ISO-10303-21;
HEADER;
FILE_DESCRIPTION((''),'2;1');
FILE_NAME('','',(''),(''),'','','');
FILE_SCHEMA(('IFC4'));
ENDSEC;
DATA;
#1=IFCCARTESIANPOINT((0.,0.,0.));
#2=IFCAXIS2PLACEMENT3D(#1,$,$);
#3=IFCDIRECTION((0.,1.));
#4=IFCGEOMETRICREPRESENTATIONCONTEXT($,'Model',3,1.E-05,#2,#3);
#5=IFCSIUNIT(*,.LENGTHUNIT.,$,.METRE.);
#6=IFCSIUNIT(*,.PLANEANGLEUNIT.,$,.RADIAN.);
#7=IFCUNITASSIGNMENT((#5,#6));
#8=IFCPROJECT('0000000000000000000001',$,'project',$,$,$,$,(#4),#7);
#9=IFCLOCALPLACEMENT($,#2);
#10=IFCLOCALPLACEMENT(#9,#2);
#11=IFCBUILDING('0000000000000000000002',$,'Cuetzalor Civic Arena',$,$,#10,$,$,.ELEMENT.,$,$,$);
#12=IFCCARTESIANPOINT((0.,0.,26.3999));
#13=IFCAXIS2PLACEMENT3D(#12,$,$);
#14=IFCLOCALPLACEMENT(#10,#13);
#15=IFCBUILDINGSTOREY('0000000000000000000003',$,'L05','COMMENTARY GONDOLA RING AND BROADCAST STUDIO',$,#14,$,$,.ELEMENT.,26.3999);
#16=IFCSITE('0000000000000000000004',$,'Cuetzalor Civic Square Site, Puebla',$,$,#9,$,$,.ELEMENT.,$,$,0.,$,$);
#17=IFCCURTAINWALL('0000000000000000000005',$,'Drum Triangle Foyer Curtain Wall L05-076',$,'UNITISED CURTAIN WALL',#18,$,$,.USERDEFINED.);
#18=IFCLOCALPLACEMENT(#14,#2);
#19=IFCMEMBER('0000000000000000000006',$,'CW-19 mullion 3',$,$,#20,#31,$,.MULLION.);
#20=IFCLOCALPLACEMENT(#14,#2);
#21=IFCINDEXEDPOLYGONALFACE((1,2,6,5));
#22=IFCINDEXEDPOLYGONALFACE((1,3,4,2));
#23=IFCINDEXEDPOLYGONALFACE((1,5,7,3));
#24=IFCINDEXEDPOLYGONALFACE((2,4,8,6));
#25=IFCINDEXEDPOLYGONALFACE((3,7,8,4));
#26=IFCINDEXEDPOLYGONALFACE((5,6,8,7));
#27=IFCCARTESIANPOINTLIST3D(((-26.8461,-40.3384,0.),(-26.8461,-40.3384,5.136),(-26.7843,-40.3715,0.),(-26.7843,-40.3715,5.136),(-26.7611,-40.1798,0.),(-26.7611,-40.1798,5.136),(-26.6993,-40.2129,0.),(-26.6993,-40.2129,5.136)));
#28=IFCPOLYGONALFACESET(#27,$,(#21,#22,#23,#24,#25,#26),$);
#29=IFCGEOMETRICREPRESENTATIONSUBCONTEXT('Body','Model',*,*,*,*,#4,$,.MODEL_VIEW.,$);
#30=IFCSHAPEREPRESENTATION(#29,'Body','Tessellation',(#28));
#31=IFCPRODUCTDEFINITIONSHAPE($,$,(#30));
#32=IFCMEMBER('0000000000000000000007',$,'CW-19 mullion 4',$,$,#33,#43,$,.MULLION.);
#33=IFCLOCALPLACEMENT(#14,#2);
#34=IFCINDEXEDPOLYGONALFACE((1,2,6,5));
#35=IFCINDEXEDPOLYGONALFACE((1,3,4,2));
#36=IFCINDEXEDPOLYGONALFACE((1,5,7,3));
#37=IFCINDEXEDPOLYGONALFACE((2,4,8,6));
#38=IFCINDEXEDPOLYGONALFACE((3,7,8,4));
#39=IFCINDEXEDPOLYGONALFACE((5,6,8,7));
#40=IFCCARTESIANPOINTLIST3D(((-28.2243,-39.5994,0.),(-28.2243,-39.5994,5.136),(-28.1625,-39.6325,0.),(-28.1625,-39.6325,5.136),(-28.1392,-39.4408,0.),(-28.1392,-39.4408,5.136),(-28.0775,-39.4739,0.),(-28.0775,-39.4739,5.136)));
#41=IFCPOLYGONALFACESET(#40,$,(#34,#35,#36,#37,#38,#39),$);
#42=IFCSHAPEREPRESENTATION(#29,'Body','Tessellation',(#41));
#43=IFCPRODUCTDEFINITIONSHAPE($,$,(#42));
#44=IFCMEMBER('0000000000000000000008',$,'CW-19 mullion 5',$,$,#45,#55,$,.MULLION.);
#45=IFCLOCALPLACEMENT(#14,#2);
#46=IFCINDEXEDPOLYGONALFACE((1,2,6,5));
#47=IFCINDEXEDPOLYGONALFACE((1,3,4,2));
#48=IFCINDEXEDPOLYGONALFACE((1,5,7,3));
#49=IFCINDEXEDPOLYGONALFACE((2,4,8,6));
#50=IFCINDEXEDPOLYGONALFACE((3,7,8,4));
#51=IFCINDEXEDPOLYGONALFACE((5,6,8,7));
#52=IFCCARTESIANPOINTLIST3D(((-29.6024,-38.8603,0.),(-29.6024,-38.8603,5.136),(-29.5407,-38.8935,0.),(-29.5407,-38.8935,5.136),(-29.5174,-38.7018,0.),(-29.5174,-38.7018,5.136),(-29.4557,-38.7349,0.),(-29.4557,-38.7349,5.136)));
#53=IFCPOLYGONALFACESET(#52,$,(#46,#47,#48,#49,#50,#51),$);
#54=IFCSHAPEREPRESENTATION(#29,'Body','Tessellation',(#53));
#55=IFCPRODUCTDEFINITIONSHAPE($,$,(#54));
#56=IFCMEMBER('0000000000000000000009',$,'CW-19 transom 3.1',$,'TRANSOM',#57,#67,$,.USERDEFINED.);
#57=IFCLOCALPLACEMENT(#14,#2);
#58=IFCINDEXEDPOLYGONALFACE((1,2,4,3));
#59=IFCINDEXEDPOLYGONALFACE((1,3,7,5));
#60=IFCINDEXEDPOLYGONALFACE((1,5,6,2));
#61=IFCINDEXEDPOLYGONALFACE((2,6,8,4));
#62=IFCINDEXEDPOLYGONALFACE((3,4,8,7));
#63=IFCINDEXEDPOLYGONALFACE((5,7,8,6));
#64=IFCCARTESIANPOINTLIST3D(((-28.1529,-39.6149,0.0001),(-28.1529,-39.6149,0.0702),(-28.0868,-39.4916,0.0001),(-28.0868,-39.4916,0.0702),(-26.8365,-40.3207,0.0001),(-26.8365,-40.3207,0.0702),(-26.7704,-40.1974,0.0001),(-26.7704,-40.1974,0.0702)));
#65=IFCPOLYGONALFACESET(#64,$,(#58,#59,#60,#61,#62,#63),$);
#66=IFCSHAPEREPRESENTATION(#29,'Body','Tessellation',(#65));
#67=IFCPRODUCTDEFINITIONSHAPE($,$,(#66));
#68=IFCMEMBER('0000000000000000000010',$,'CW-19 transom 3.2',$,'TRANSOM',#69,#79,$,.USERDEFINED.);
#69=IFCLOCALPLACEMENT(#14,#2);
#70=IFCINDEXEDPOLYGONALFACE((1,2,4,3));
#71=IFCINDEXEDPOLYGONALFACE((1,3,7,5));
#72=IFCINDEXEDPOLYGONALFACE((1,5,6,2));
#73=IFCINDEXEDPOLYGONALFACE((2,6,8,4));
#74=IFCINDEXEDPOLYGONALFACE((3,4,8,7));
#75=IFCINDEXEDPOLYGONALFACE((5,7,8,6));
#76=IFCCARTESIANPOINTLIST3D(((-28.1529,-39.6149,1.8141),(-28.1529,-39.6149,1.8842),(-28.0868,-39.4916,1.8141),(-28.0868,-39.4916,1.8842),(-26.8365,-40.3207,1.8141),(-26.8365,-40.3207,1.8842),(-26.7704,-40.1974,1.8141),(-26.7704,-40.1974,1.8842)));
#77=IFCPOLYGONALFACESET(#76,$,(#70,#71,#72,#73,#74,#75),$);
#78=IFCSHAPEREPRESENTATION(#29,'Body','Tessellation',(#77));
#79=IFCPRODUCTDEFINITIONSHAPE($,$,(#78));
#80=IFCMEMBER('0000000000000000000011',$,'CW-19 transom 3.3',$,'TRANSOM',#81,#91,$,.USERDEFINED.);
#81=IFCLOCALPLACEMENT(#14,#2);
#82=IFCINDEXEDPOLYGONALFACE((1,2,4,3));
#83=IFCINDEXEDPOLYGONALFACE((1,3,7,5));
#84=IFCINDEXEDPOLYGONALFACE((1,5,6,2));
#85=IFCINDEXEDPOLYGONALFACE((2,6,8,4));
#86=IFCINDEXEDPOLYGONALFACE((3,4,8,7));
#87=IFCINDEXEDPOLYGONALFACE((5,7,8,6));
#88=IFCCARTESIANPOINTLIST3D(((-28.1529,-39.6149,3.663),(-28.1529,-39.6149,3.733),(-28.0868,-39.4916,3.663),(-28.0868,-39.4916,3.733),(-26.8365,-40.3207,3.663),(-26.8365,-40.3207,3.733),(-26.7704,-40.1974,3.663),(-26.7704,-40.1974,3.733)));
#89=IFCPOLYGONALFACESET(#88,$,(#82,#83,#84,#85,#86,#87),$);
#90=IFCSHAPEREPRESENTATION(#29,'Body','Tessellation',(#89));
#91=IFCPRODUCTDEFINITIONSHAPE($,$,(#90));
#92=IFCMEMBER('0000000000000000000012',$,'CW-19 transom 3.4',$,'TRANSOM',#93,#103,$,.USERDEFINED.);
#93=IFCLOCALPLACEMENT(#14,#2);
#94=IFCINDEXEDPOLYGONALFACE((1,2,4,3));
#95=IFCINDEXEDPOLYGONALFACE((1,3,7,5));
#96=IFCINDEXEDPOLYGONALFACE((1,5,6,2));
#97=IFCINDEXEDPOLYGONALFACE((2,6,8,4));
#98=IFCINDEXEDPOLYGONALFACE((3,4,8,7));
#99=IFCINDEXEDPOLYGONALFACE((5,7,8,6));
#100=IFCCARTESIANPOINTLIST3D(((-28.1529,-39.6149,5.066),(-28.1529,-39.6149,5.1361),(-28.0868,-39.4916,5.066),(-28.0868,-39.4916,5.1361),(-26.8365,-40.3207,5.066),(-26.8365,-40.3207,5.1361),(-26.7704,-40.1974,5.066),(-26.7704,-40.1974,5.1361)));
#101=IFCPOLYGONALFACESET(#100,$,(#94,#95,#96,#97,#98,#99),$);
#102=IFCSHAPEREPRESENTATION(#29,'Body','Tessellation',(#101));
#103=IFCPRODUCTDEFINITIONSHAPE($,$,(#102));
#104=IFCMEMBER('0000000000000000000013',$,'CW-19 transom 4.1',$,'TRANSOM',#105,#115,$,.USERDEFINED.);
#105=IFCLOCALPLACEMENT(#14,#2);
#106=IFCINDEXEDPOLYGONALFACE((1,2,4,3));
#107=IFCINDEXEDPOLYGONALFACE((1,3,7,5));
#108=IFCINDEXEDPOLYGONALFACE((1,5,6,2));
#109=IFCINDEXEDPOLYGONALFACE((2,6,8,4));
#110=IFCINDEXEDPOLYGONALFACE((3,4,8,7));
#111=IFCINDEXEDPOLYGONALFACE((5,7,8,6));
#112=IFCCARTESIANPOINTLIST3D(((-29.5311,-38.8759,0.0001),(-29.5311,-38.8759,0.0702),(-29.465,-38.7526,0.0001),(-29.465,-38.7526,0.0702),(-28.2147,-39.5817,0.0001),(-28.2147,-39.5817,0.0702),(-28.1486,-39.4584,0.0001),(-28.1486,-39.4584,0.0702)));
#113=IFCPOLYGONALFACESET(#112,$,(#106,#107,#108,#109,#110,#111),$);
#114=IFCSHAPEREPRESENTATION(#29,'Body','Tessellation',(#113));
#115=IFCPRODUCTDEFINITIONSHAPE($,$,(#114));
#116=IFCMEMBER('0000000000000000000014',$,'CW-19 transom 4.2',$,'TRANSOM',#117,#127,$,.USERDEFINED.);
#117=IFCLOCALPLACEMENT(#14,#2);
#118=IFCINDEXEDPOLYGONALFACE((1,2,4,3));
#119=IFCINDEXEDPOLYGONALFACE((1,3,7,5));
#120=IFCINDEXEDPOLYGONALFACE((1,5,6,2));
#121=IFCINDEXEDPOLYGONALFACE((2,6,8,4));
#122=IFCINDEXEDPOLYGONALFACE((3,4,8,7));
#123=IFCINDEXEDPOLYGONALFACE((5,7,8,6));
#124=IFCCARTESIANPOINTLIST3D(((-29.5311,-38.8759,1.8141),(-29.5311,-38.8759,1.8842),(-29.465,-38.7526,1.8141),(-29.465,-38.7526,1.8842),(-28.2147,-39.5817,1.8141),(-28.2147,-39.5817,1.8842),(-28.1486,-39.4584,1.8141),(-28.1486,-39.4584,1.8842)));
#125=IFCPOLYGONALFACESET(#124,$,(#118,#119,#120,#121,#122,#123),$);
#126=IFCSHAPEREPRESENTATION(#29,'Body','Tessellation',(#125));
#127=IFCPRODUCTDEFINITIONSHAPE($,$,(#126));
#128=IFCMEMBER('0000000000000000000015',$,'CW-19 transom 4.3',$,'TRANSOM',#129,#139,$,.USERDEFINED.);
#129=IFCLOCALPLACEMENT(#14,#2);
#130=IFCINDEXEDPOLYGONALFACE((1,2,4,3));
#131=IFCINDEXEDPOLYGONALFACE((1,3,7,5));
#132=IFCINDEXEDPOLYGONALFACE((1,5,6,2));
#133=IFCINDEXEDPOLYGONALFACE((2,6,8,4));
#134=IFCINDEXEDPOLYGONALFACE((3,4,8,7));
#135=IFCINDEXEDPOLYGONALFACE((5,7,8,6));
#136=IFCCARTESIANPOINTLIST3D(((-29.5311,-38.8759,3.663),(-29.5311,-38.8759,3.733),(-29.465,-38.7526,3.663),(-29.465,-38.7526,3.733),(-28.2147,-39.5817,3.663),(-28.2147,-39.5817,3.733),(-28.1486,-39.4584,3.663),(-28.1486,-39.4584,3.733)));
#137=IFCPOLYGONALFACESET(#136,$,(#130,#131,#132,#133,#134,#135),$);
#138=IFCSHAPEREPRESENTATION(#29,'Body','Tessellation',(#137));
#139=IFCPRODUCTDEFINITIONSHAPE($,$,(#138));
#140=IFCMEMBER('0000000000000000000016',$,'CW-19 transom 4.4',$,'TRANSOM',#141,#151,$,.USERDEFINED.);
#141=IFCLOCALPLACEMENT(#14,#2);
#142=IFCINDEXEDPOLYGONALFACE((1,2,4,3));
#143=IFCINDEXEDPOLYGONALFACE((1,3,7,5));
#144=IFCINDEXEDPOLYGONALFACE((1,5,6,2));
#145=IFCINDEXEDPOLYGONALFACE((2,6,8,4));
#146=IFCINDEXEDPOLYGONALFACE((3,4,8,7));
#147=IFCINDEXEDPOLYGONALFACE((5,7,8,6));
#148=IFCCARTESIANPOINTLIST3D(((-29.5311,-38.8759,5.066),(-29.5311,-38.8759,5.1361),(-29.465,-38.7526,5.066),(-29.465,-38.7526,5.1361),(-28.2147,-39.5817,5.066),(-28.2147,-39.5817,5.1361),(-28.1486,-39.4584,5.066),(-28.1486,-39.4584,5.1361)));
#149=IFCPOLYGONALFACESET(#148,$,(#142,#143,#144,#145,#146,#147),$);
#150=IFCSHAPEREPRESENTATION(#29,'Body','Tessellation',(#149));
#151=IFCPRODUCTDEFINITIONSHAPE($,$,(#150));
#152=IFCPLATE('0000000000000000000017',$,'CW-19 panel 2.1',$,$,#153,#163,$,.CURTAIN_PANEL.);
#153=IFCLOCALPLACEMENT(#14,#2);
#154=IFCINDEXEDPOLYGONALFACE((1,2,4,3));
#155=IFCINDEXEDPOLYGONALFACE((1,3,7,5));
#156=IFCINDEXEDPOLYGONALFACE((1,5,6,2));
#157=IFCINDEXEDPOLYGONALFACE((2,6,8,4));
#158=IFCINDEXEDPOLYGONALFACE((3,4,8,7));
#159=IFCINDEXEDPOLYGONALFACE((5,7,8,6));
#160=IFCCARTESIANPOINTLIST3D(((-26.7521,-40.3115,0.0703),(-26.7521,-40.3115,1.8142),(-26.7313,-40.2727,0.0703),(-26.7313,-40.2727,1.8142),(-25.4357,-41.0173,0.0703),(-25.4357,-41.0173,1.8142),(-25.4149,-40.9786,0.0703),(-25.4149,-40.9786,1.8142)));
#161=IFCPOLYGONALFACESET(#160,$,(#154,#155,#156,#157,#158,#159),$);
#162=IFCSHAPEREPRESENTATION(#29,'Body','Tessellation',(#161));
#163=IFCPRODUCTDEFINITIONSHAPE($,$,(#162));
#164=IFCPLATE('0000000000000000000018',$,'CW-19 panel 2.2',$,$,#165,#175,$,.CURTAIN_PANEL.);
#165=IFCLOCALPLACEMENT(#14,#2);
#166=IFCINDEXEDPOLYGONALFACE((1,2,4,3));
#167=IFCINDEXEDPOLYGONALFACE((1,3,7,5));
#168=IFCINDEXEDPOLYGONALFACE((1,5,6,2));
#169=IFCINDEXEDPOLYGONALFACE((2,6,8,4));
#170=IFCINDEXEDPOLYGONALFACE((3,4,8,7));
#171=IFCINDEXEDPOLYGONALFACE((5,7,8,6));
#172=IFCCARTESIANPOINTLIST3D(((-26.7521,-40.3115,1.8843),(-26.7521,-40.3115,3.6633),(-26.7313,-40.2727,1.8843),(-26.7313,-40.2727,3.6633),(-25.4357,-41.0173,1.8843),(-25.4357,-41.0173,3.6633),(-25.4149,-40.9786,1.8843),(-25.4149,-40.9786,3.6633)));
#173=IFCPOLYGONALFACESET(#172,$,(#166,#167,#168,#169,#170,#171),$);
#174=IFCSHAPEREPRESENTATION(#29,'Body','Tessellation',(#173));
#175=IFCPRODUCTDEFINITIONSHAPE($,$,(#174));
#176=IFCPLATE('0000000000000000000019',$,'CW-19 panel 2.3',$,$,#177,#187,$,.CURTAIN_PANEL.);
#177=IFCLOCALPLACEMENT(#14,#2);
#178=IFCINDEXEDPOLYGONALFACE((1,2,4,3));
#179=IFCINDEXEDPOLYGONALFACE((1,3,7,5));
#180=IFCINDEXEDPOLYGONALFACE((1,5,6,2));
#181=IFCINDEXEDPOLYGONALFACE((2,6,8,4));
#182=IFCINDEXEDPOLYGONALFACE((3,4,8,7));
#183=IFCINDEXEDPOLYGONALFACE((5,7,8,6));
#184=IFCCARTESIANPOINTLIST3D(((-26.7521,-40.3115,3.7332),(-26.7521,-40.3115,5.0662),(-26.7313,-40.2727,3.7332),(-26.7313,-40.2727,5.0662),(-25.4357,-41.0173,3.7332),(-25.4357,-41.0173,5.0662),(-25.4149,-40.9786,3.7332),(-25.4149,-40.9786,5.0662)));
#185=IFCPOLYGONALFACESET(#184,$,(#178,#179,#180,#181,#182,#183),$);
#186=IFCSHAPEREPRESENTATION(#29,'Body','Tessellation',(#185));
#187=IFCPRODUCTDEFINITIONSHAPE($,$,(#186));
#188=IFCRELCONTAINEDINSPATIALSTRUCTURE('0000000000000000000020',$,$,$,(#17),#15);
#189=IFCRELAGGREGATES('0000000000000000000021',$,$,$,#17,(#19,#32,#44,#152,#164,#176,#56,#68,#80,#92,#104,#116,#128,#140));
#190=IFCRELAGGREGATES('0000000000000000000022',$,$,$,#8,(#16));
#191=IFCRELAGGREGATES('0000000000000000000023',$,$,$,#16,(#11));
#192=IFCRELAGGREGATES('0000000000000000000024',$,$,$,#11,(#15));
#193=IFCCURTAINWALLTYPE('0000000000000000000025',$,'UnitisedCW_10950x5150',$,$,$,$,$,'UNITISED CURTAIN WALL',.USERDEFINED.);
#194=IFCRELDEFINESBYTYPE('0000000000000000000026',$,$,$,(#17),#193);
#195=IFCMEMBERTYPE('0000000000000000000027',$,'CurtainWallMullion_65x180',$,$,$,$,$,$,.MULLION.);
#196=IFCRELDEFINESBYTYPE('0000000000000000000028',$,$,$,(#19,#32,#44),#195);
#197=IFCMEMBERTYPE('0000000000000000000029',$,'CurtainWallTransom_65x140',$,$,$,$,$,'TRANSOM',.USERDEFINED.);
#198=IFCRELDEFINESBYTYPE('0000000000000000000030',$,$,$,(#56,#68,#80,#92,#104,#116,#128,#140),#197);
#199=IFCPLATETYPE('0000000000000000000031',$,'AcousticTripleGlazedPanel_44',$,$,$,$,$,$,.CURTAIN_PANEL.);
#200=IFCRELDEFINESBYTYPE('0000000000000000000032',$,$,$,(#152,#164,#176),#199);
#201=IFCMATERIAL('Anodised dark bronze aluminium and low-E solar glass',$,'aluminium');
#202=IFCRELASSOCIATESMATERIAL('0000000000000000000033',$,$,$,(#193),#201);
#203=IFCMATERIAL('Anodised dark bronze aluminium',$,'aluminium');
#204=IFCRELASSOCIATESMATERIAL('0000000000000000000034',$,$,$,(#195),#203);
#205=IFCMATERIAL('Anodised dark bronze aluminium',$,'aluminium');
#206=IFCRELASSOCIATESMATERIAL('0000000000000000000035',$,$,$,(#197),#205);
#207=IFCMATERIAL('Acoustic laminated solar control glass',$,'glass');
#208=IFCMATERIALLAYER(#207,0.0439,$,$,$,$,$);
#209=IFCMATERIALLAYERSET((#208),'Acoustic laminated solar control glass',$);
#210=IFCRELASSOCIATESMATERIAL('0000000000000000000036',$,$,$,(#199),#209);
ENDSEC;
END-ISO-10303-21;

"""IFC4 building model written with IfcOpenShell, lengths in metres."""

from ifc_helpers import new_model, si_unit, direction, frame, origin, origin_2d, place, context, subcontext, project, spatial, rectangle, extrude, material, layer, layer_set, material_profile, profile_set, type_object, element, aggregate, save


model = new_model("IFC4")

# Units and contexts
model_context = context("Model", 3, precision=1e-05, world=origin(), true_north=direction((0.0, 1.0)))
body_context = subcontext(model_context, "Body", "Model", "MODEL_VIEW")
ifc_project = project(units=[si_unit("LENGTHUNIT", "METRE"), si_unit("PLANEANGLEUNIT", "RADIAN")], contexts=[model_context])

# Site, building, storey
site_placement = place(None, origin())
site = spatial("IfcSite", under=ifc_project, at=site_placement, Name="Cuetzalor Civic Square Site, Puebla", CompositionType="ELEMENT", RefElevation=0.0)
building_placement = place(site_placement, origin())
building = spatial("IfcBuilding", under=site, at=building_placement, Name="Cuetzalor Civic Arena", CompositionType="ELEMENT")
storey_placement = place(building_placement, frame((0.0, 0.0, 26.3999)))
storey = spatial("IfcBuildingStorey", under=building, at=storey_placement, Name="L05", Description="COMMENTARY GONDOLA RING AND BROADCAST STUDIO", CompositionType="ELEMENT", Elevation=26.3999)

# Curtain wall, members, plates
ifc_material_1 = material(Name="Anodised dark bronze aluminium and low-E solar glass", Category="aluminium")
curtain_wall_type = type_object("IfcCurtainWallType", Name="UnitisedCW_10950x5150", ElementType="UNITISED CURTAIN WALL", PredefinedType="USERDEFINED", material=ifc_material_1)
curtain_wall_placement = place(storey_placement, origin())
curtain_wall = element("IfcCurtainWall", 1, at=curtain_wall_placement, inside=storey, type_object=curtain_wall_type, Name="Drum Triangle Foyer Curtain Wall L05-076", ObjectType="UNITISED CURTAIN WALL", PredefinedType="USERDEFINED")
ifc_material_2 = material(Name="Anodised dark bronze aluminium", Category="aluminium")
ifc_material_profile_1 = material_profile(ifc_material_2, rectangle(XDim=0.0701, YDim=0.1799, at=origin_2d()), Name="ALU MULLION 70x180")
ifc_profile_set_1 = profile_set([ifc_material_profile_1], Name="Anodised dark bronze aluminium")
member_type_1 = type_object("IfcMemberType", Name="CurtainWallMullion_65x180", PredefinedType="MULLION", material=ifc_profile_set_1)
member_1_placement = place(storey_placement, frame((-26.7727, -40.2756, 0.0), z_axis=(0.0, 0.0, 1.0), x_axis=(-0.881306, 0.472545, 0.0)))
member_1 = element("IfcMember", 2, at=member_1_placement, type_object=member_type_1, Name="CW-19 mullion 3", PredefinedType="MULLION", context=body_context, shape_type="SweptSolid", body=[
    extrude(rectangle(XDim=0.0701, YDim=0.1799, at=origin_2d()), origin(), (0.0, 0.0, 1.0), 5.136),
])
member_2_placement = place(storey_placement, frame((-28.1509, -39.5366, 0.0), z_axis=(0.0, 0.0, 1.0), x_axis=(-0.881306, 0.472545, 0.0)))
member_2 = element("IfcMember", 3, at=member_2_placement, type_object=member_type_1, Name="CW-19 mullion 4", PredefinedType="MULLION", context=body_context, shape_type="SweptSolid", body=[
    extrude(rectangle(XDim=0.0701, YDim=0.1799, at=origin_2d()), origin(), (0.0, 0.0, 1.0), 5.136),
])
member_3_placement = place(storey_placement, frame((-29.5291, -38.7976, 0.0), z_axis=(0.0, 0.0, 1.0), x_axis=(-0.881306, 0.472545, 0.0)))
member_3 = element("IfcMember", 4, at=member_3_placement, type_object=member_type_1, Name="CW-19 mullion 5", PredefinedType="MULLION", context=body_context, shape_type="SweptSolid", body=[
    extrude(rectangle(XDim=0.0701, YDim=0.1799, at=origin_2d()), origin(), (0.0, 0.0, 1.0), 5.136),
])
ifc_material_3 = material(Name="Anodised dark bronze aluminium", Category="aluminium")
ifc_material_profile_2 = material_profile(ifc_material_3, rectangle(XDim=0.1399, YDim=0.0701, at=origin_2d()), Name="ALU TRANSOM 70x140")
ifc_profile_set_2 = profile_set([ifc_material_profile_2], Name="Anodised dark bronze aluminium")
member_type_2 = type_object("IfcMemberType", Name="CurtainWallTransom_65x140", ElementType="TRANSOM", PredefinedType="USERDEFINED", material=ifc_profile_set_2)
member_4_placement = place(storey_placement, frame((-26.8035, -40.259, 0.0352), z_axis=(-0.881315, 0.47253, 0.0), x_axis=(-0.47253, -0.881315, 0.0)))
member_4 = element("IfcMember", 5, at=member_4_placement, type_object=member_type_2, Name="CW-19 transom 3.1", ObjectType="TRANSOM", PredefinedType="USERDEFINED", context=body_context, shape_type="SweptSolid", body=[
    extrude(rectangle(XDim=0.1399, YDim=0.0701, at=origin_2d()), origin(), (0.0, 0.0, 1.0), 1.4937),
])
member_5_placement = place(storey_placement, frame((-26.8035, -40.259, 1.8491), z_axis=(-0.881315, 0.47253, 0.0), x_axis=(-0.47253, -0.881315, 0.0)))
member_5 = element("IfcMember", 6, at=member_5_placement, type_object=member_type_2, Name="CW-19 transom 3.2", ObjectType="TRANSOM", PredefinedType="USERDEFINED", context=body_context, shape_type="SweptSolid", body=[
    extrude(rectangle(XDim=0.1399, YDim=0.0701, at=origin_2d()), origin(), (0.0, 0.0, 1.0), 1.4937),
])
member_6_placement = place(storey_placement, frame((-26.8035, -40.259, 3.698), z_axis=(-0.881315, 0.47253, 0.0), x_axis=(-0.47253, -0.881315, 0.0)))
member_6 = element("IfcMember", 7, at=member_6_placement, type_object=member_type_2, Name="CW-19 transom 3.3", ObjectType="TRANSOM", PredefinedType="USERDEFINED", context=body_context, shape_type="SweptSolid", body=[
    extrude(rectangle(XDim=0.1399, YDim=0.0701, at=origin_2d()), origin(), (0.0, 0.0, 1.0), 1.4937),
])
member_7_placement = place(storey_placement, frame((-26.8035, -40.259, 5.1011), z_axis=(-0.881315, 0.47253, 0.0), x_axis=(-0.47253, -0.881315, 0.0)))
member_7 = element("IfcMember", 8, at=member_7_placement, type_object=member_type_2, Name="CW-19 transom 3.4", ObjectType="TRANSOM", PredefinedType="USERDEFINED", context=body_context, shape_type="SweptSolid", body=[
    extrude(rectangle(XDim=0.1399, YDim=0.0701, at=origin_2d()), origin(), (0.0, 0.0, 1.0), 1.4937),
])
member_8_placement = place(storey_placement, frame((-28.1816, -39.52, 0.0352), z_axis=(-0.881315, 0.47253, 0.0), x_axis=(-0.47253, -0.881315, 0.0)))
member_8 = element("IfcMember", 9, at=member_8_placement, type_object=member_type_2, Name="CW-19 transom 4.1", ObjectType="TRANSOM", PredefinedType="USERDEFINED", context=body_context, shape_type="SweptSolid", body=[
    extrude(rectangle(XDim=0.1399, YDim=0.0701, at=origin_2d()), origin(), (0.0, 0.0, 1.0), 1.4937),
])
member_9_placement = place(storey_placement, frame((-28.1816, -39.52, 1.8491), z_axis=(-0.881315, 0.47253, 0.0), x_axis=(-0.47253, -0.881315, 0.0)))
member_9 = element("IfcMember", 10, at=member_9_placement, type_object=member_type_2, Name="CW-19 transom 4.2", ObjectType="TRANSOM", PredefinedType="USERDEFINED", context=body_context, shape_type="SweptSolid", body=[
    extrude(rectangle(XDim=0.1399, YDim=0.0701, at=origin_2d()), origin(), (0.0, 0.0, 1.0), 1.4937),
])
member_10_placement = place(storey_placement, frame((-28.1816, -39.52, 3.698), z_axis=(-0.881315, 0.47253, 0.0), x_axis=(-0.47253, -0.881315, 0.0)))
member_10 = element("IfcMember", 11, at=member_10_placement, type_object=member_type_2, Name="CW-19 transom 4.3", ObjectType="TRANSOM", PredefinedType="USERDEFINED", context=body_context, shape_type="SweptSolid", body=[
    extrude(rectangle(XDim=0.1399, YDim=0.0701, at=origin_2d()), origin(), (0.0, 0.0, 1.0), 1.4937),
])
member_11_placement = place(storey_placement, frame((-28.1816, -39.52, 5.1011), z_axis=(-0.881315, 0.47253, 0.0), x_axis=(-0.47253, -0.881315, 0.0)))
member_11 = element("IfcMember", 12, at=member_11_placement, type_object=member_type_2, Name="CW-19 transom 4.4", ObjectType="TRANSOM", PredefinedType="USERDEFINED", context=body_context, shape_type="SweptSolid", body=[
    extrude(rectangle(XDim=0.1399, YDim=0.0701, at=origin_2d()), origin(), (0.0, 0.0, 1.0), 1.4937),
])
ifc_material_4 = material(Name="Acoustic laminated solar control glass", Category="glass")
ifc_layer = layer(ifc_material_4, 0.0439)
ifc_layer_set = layer_set([ifc_layer], Name="Acoustic laminated solar control glass")
plate_type = type_object("IfcPlateType", Name="AcousticTripleGlazedPanel_44", PredefinedType="CURTAIN_PANEL", material=ifc_layer_set)
plate_1_placement = place(storey_placement, frame((-26.0835, -40.645, 0.0703), z_axis=(0.0, 0.0, 1.0), x_axis=(-0.881306, 0.472545, 0.0)))
plate_1 = element("IfcPlate", 13, at=plate_1_placement, type_object=plate_type, Name="CW-19 panel 2.1", PredefinedType="CURTAIN_PANEL", context=body_context, shape_type="SweptSolid", body=[
    extrude(rectangle(XDim=1.4937, YDim=0.0439, at=origin_2d()), origin(), (0.0, 0.0, 1.0), 1.7439),
])
plate_2_placement = place(storey_placement, frame((-26.0835, -40.645, 1.8843), z_axis=(0.0, 0.0, 1.0), x_axis=(-0.881306, 0.472545, 0.0)))
plate_2 = element("IfcPlate", 14, at=plate_2_placement, type_object=plate_type, Name="CW-19 panel 2.2", PredefinedType="CURTAIN_PANEL", context=body_context, shape_type="SweptSolid", body=[
    extrude(rectangle(XDim=1.4937, YDim=0.0439, at=origin_2d()), origin(), (0.0, 0.0, 1.0), 1.7791),
])
plate_3_placement = place(storey_placement, frame((-26.0835, -40.645, 3.7332), z_axis=(0.0, 0.0, 1.0), x_axis=(-0.881306, 0.472545, 0.0)))
plate_3 = element("IfcPlate", 15, at=plate_3_placement, type_object=plate_type, Name="CW-19 panel 2.3", PredefinedType="CURTAIN_PANEL", context=body_context, shape_type="SweptSolid", body=[
    extrude(rectangle(XDim=1.4937, YDim=0.0439, at=origin_2d()), origin(), (0.0, 0.0, 1.0), 1.333),
])
aggregate(curtain_wall, [member_1, member_2, member_3, plate_1, plate_2, plate_3, member_4, member_5, member_6, member_7, member_8, member_9, member_10, member_11])

save(model, "model.ifc")
